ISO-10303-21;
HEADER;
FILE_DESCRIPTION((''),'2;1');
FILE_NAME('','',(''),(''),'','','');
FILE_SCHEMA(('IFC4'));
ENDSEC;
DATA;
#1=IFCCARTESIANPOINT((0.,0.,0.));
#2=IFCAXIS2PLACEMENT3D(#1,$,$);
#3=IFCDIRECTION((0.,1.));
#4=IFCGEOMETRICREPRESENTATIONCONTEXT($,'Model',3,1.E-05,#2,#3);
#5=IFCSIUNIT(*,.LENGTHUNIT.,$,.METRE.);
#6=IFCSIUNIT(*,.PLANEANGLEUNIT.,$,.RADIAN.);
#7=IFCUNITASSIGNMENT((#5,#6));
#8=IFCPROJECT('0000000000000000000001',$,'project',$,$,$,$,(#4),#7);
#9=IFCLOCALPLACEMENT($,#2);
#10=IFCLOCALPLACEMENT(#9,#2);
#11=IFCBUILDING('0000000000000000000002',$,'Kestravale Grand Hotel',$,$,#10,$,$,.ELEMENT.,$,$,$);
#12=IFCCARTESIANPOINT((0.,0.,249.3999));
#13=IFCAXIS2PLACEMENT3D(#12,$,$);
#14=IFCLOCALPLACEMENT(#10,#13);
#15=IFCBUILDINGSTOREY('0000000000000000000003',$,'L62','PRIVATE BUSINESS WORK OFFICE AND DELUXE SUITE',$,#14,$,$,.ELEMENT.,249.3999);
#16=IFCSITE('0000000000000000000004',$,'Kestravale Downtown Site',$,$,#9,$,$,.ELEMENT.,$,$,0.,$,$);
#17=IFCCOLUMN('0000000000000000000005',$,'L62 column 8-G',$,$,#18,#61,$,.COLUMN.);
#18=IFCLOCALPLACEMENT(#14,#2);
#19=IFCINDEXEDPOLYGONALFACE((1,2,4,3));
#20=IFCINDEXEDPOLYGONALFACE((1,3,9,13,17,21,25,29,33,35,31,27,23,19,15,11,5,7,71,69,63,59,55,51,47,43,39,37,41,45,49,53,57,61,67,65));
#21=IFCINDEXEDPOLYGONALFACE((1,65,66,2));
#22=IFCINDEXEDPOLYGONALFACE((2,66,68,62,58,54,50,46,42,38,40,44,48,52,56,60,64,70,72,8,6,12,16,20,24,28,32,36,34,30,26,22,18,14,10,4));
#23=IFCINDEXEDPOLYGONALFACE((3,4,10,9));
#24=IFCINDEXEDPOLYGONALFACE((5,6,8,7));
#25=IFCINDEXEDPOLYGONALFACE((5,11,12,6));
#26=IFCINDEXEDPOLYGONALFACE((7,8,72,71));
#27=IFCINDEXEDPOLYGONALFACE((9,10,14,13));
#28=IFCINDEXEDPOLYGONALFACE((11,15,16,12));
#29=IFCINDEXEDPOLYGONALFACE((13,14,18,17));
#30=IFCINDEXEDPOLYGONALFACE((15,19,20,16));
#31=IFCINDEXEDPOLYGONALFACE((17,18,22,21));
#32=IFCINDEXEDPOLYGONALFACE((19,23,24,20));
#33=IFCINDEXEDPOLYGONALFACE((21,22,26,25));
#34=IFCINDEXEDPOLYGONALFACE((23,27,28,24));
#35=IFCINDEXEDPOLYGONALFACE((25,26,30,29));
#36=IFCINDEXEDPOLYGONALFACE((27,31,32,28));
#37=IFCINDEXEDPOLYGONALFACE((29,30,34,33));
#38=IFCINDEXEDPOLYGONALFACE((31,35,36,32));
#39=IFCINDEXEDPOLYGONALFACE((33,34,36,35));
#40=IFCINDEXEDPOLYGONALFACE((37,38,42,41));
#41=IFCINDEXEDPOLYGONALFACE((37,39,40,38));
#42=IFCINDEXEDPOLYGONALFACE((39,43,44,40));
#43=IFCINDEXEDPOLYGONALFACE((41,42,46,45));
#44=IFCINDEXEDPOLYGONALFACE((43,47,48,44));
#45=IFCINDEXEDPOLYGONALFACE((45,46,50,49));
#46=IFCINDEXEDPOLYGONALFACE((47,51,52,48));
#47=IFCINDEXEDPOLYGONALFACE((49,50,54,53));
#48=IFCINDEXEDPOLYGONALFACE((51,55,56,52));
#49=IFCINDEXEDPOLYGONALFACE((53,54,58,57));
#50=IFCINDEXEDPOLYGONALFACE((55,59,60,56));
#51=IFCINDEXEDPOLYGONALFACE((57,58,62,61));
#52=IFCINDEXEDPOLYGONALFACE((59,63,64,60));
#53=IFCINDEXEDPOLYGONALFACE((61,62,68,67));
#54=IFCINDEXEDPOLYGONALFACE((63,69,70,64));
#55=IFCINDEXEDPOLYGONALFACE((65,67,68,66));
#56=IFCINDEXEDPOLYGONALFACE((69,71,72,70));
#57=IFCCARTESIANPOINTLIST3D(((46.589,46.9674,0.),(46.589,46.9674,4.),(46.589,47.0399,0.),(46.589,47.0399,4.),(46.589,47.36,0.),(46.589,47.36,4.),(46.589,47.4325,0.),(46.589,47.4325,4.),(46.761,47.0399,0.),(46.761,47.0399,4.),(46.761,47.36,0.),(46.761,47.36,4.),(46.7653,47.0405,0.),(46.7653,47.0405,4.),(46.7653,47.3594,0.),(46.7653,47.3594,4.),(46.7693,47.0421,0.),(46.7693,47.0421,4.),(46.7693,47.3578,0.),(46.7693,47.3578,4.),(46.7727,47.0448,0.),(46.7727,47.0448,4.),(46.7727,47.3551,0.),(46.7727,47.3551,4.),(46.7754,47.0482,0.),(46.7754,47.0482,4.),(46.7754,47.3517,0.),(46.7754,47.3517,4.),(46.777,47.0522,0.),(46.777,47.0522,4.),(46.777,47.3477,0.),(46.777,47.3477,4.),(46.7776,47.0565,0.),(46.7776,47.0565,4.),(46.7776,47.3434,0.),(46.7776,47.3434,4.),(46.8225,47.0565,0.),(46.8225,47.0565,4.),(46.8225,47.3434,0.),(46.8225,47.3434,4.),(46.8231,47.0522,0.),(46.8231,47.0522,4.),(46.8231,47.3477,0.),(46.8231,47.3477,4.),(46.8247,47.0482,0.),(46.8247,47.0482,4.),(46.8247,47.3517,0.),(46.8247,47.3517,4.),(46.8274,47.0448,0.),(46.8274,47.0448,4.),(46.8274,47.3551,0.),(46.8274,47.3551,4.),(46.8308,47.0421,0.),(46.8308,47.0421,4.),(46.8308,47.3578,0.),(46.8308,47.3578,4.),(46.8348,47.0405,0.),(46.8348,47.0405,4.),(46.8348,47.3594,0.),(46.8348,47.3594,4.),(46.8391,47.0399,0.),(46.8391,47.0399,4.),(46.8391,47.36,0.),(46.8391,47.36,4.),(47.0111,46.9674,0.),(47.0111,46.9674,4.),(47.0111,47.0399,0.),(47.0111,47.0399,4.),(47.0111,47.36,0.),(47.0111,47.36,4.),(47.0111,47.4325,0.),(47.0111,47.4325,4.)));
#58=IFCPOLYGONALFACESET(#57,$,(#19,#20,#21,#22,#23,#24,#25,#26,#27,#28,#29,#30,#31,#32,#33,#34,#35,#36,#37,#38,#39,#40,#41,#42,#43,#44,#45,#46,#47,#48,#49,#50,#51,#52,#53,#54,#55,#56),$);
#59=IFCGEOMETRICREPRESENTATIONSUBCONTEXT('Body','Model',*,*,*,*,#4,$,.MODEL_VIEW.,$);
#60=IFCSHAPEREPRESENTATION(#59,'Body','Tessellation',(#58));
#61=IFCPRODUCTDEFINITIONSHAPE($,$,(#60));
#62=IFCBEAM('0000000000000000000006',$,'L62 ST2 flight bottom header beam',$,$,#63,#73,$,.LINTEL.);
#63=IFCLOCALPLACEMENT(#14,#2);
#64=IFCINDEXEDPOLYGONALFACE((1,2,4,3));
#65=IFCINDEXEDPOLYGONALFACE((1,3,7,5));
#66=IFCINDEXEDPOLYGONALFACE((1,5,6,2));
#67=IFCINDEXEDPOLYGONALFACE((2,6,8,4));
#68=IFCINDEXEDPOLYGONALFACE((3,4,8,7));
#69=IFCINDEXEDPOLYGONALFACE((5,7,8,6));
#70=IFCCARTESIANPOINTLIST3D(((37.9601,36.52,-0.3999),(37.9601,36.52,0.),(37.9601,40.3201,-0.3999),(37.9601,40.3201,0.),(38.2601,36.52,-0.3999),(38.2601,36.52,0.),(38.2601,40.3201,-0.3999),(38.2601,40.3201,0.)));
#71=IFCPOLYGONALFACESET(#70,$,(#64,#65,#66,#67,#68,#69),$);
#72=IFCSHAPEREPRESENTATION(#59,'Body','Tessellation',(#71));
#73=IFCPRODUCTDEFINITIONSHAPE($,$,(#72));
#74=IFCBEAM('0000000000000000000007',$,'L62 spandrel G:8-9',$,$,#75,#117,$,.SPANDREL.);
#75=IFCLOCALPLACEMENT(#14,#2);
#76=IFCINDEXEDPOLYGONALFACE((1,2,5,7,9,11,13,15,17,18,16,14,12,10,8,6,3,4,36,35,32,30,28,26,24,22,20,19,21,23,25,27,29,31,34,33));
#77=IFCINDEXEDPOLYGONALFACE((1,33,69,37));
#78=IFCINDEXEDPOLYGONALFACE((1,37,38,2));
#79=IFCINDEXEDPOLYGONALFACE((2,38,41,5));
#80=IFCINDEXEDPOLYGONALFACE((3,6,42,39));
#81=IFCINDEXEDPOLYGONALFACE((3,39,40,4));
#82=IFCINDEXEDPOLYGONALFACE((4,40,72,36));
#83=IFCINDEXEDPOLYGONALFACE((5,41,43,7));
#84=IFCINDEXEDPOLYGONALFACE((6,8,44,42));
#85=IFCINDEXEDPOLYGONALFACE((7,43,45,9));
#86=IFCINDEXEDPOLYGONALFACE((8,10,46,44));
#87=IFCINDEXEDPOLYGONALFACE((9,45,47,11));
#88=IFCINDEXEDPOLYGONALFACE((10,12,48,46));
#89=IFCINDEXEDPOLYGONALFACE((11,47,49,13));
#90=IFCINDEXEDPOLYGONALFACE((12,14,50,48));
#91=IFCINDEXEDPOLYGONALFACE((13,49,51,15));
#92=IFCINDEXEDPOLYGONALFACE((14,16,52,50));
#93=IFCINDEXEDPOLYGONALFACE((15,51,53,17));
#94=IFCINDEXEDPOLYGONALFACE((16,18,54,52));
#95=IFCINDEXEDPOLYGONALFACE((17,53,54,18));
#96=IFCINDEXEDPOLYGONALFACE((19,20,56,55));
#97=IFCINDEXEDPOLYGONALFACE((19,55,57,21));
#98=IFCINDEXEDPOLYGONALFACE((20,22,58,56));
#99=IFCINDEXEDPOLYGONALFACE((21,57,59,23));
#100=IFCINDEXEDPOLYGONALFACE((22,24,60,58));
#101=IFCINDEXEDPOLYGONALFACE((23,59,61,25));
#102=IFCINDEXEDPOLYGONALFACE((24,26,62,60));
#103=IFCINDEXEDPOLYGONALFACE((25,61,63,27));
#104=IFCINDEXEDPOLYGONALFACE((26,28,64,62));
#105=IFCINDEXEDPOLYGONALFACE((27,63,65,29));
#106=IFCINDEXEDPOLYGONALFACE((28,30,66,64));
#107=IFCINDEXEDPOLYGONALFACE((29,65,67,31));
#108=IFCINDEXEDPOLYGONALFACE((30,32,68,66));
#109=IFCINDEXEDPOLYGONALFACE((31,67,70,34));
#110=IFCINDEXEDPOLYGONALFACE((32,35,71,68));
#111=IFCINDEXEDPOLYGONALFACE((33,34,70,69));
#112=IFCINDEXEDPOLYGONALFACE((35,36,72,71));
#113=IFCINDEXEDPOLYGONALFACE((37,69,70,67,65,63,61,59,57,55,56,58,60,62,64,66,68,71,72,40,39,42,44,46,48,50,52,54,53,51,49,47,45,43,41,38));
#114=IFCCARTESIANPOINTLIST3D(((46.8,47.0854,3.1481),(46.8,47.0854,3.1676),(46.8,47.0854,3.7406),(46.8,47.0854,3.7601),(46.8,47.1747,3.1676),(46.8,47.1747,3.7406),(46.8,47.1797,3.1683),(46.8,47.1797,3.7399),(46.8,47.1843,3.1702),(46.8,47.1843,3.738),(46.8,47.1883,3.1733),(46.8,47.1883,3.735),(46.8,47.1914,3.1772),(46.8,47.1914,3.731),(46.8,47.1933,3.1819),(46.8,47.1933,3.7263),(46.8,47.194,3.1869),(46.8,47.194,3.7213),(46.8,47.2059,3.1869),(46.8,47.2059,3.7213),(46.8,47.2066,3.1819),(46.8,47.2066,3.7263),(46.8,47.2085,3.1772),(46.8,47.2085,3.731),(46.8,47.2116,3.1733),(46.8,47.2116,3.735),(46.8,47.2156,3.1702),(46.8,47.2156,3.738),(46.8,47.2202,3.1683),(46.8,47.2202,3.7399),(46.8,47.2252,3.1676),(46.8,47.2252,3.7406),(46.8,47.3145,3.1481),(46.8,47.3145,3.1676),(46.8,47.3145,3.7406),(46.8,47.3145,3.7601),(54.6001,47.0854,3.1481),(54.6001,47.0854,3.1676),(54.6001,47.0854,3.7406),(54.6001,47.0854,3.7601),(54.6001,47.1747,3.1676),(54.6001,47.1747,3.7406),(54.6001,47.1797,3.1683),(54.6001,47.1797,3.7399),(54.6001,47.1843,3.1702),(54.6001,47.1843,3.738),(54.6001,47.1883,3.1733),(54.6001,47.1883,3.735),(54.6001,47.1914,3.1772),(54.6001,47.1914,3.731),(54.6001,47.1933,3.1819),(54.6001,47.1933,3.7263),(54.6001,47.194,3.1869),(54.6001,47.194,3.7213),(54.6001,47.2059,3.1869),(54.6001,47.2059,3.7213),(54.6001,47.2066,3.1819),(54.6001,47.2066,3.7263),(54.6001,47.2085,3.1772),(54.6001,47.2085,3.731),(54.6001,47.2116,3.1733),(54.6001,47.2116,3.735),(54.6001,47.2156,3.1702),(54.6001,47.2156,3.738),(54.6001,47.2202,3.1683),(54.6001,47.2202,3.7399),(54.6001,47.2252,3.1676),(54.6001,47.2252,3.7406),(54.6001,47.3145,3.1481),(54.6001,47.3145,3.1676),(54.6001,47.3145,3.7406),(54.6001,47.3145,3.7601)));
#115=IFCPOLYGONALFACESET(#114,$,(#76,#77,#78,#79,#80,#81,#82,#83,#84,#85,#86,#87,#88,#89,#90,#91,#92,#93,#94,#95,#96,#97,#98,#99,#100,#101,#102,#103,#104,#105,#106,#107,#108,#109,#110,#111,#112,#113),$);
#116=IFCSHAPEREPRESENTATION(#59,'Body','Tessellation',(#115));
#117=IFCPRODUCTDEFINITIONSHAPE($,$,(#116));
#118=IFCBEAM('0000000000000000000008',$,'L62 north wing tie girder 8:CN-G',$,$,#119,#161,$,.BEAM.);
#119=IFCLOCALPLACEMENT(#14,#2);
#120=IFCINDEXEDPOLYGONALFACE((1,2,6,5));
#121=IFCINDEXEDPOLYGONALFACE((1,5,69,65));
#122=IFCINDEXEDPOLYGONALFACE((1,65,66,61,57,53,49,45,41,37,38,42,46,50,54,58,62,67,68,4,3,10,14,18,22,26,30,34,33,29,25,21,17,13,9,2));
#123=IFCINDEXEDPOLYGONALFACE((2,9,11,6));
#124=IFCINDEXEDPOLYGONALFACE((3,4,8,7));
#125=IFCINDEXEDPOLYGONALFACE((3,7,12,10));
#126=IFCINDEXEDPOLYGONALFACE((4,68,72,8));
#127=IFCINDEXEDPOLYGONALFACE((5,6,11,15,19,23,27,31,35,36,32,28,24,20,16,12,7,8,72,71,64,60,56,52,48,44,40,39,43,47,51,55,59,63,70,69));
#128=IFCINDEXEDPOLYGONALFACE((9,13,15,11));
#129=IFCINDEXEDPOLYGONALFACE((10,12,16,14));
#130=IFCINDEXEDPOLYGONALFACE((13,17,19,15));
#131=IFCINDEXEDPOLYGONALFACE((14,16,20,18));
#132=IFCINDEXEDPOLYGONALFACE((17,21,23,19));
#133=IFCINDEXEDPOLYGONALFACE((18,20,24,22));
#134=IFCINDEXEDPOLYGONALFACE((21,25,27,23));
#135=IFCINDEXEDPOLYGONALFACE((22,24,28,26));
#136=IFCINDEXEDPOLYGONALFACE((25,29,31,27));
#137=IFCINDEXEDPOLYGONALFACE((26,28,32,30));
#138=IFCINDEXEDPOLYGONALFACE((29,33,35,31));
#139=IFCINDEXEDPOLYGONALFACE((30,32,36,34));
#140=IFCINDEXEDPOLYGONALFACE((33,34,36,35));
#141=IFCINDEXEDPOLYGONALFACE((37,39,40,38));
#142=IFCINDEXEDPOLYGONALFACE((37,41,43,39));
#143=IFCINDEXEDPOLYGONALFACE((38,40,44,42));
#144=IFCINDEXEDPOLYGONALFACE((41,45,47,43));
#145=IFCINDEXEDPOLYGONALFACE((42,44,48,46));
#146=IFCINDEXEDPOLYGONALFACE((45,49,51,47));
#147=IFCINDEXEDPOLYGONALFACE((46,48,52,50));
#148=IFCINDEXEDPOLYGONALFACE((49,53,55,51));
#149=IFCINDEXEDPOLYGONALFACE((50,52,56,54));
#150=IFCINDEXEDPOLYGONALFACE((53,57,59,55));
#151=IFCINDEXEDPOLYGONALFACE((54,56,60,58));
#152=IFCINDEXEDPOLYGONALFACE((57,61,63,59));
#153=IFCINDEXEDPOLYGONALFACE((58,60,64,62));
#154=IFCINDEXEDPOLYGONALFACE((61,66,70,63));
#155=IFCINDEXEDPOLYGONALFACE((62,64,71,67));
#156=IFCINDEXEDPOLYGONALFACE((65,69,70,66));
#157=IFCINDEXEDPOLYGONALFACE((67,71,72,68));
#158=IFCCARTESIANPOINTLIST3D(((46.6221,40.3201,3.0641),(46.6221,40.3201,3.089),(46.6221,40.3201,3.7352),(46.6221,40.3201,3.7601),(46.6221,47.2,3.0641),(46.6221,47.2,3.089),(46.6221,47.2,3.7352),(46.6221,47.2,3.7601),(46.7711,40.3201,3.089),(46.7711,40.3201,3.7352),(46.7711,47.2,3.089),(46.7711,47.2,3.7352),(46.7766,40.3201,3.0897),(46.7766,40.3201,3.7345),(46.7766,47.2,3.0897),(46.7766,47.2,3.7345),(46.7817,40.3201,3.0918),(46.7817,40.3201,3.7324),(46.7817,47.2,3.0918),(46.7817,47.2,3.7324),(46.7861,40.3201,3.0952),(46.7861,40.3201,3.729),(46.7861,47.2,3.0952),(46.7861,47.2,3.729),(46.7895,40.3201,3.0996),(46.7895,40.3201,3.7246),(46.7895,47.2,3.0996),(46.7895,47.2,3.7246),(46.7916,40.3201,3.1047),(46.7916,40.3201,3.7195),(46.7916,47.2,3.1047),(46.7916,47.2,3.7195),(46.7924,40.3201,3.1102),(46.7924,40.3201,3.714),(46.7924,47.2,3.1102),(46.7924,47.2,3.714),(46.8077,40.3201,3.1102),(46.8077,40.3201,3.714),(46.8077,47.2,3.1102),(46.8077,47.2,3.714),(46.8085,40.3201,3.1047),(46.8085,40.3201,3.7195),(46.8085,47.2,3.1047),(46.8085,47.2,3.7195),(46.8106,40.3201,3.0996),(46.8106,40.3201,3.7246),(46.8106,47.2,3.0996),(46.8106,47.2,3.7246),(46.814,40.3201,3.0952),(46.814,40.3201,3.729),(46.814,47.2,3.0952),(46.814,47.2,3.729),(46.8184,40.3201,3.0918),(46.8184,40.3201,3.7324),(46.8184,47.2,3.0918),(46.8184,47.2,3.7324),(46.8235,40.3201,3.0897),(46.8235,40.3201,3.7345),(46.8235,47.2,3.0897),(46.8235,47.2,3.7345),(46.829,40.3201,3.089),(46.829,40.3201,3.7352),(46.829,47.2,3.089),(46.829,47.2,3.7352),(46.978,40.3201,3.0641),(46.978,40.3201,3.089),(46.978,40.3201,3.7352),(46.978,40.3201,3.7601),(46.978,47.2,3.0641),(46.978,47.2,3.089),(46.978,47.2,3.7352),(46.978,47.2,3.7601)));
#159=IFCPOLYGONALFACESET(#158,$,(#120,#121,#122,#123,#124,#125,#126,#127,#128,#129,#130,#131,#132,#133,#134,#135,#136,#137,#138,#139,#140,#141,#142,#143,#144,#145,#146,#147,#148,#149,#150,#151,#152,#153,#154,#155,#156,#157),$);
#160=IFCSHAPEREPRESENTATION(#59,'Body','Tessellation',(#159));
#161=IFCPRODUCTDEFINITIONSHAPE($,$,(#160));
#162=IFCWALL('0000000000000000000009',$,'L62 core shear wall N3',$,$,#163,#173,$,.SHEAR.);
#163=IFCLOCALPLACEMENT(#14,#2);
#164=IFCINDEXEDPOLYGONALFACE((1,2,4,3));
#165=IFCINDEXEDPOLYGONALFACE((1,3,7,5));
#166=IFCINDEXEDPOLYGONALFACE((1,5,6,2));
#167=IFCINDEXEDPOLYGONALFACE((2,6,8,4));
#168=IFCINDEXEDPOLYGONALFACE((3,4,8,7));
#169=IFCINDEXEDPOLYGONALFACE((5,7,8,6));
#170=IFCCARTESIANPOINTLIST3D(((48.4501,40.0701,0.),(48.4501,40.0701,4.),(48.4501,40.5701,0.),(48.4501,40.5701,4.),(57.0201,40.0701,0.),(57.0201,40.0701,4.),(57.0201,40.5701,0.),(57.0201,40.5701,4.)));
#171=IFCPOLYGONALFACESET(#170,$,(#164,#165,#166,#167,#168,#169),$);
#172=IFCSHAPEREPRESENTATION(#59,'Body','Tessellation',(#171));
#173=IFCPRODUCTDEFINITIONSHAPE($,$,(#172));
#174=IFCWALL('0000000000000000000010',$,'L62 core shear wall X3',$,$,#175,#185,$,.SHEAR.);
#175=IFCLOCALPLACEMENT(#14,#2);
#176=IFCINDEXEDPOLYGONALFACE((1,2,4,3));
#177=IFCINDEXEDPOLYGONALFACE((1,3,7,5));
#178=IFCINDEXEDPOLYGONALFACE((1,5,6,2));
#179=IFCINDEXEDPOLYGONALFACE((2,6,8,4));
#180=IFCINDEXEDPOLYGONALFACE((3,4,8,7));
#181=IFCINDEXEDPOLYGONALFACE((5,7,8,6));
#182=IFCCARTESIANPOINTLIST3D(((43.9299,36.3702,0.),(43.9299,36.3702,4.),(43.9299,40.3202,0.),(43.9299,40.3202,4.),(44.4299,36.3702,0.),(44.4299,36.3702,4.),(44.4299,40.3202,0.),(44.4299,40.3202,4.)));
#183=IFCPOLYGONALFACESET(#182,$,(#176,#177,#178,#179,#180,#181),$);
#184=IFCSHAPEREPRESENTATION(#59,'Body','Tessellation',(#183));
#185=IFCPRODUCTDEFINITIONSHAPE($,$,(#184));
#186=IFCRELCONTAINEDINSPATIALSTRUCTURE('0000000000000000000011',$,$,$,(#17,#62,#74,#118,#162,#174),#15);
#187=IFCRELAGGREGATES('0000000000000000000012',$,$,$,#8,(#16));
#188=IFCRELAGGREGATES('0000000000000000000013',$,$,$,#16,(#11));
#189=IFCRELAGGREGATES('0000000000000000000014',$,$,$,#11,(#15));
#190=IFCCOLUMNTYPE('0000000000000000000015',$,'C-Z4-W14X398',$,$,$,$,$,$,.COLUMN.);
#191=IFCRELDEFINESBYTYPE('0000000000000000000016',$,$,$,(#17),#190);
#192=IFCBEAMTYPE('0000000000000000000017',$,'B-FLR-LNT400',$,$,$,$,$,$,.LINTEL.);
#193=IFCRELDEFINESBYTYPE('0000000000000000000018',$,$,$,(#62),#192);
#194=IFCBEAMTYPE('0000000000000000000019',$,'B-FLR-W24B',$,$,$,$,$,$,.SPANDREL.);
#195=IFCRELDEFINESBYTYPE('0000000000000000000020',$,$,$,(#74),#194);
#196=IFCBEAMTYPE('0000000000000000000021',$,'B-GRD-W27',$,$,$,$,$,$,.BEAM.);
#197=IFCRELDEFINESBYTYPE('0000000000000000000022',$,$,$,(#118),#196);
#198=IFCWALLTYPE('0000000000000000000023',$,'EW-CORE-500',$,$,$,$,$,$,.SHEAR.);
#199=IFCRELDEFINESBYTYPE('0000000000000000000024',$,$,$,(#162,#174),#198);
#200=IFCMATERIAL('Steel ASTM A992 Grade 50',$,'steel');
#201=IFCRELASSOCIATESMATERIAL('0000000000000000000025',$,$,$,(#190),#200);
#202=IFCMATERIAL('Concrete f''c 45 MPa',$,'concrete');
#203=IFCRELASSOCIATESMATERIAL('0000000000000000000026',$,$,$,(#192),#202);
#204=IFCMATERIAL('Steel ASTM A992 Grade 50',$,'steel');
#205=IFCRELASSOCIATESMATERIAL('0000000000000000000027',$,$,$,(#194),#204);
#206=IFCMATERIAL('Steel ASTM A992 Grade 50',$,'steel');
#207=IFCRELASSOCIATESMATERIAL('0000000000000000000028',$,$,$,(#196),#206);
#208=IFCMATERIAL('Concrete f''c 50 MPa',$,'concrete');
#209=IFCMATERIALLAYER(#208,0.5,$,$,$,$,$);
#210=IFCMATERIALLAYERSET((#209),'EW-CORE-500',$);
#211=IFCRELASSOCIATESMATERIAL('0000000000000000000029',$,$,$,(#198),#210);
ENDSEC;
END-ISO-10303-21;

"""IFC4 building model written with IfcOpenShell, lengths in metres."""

from ifc_helpers import new_model, si_unit, direction, frame, frame_2d, origin, origin_2d, place, context, subcontext, project, spatial, rectangle, i_section, extrude, material, layer, layer_set, material_profile, profile_set, type_object, element, save


model = new_model("IFC4")

# Units and contexts
model_context = context("Model", 3, precision=1e-05, world=origin(), true_north=direction((0.0, 1.0)))
body_context = subcontext(model_context, "Body", "Model", "MODEL_VIEW")
ifc_project = project(units=[si_unit("LENGTHUNIT", "METRE"), si_unit("PLANEANGLEUNIT", "RADIAN")], contexts=[model_context])

# Site, building, storey
site_placement = place(None, origin())
site = spatial("IfcSite", under=ifc_project, at=site_placement, Name="Kestravale Downtown Site", CompositionType="ELEMENT", RefElevation=0.0)
building_placement = place(site_placement, origin())
building = spatial("IfcBuilding", under=site, at=building_placement, Name="Kestravale Grand Hotel", CompositionType="ELEMENT")
storey_placement = place(building_placement, frame((0.0, 0.0, 249.3999)))
storey = spatial("IfcBuildingStorey", under=building, at=storey_placement, Name="L62", Description="PRIVATE BUSINESS WORK OFFICE AND DELUXE SUITE", CompositionType="ELEMENT", Elevation=249.3999)

# Column
ifc_material_1 = material(Name="Steel ASTM A992 Grade 50", Category="steel")
ifc_material_profile_1 = material_profile(ifc_material_1, i_section(OverallWidth=0.4221, OverallDepth=0.4651, WebThickness=0.0449, FlangeThickness=0.0725, FilletRadius=0.0166, at=origin_2d()))
ifc_profile_set_1 = profile_set([ifc_material_profile_1], Name="Steel ASTM A992 Grade 50")
column_type = type_object("IfcColumnType", Name="C-Z4-W14X398", PredefinedType="COLUMN", material=ifc_profile_set_1)
column_placement = place(storey_placement, frame((46.8, 47.2, 0.0), z_axis=(0.0, 0.0, 1.0), x_axis=(1.0, 0.0, 0.0)))
element("IfcColumn", 1, at=column_placement, inside=storey, type_object=column_type, Name="L62 column 8-G", PredefinedType="COLUMN", context=body_context, shape_type="SweptSolid", body=[
    extrude(i_section(OverallWidth=0.4221, OverallDepth=0.4651, WebThickness=0.0449, FlangeThickness=0.0725, FilletRadius=0.0166, at=origin_2d()), origin(), (0.0, 0.0, 1.0), 4.0),
])

# Beams
ifc_material_2 = material(Name="Concrete f'c 45 MPa", Category="concrete")
ifc_material_profile_2 = material_profile(ifc_material_2, rectangle(XDim=0.3, YDim=0.3999, at=origin_2d()))
ifc_profile_set_2 = profile_set([ifc_material_profile_2], Name="Concrete f'c 45 MPa")
beam_type_1 = type_object("IfcBeamType", Name="B-FLR-LNT400", PredefinedType="LINTEL", material=ifc_profile_set_2)
beam_1_placement = place(storey_placement, frame((38.1101, 36.52, -0.2), z_axis=(0.0, 1.0, 0.0), x_axis=(-1.0, 0.0, 0.0)))
element("IfcBeam", 2, at=beam_1_placement, inside=storey, type_object=beam_type_1, Name="L62 ST2 flight bottom header beam", PredefinedType="LINTEL", context=body_context, shape_type="SweptSolid", body=[
    extrude(rectangle(XDim=0.3, YDim=0.3999, at=origin_2d()), origin(), (0.0, 0.0, 1.0), 3.8),
])
ifc_material_3 = material(Name="Steel ASTM A992 Grade 50", Category="steel")
ifc_material_profile_3 = material_profile(ifc_material_3, i_section(OverallWidth=0.229, OverallDepth=0.6121, WebThickness=0.012, FlangeThickness=0.0195, FilletRadius=0.0193, at=origin_2d()))
ifc_profile_set_3 = profile_set([ifc_material_profile_3], Name="Steel ASTM A992 Grade 50")
beam_type_2 = type_object("IfcBeamType", Name="B-FLR-W24B", PredefinedType="SPANDREL", material=ifc_profile_set_3)
beam_2_placement = place(storey_placement, frame((46.8, 47.2, 3.4541), z_axis=(1.0, 0.0, 0.0), x_axis=(0.0, 1.0, 0.0)))
element("IfcBeam", 3, at=beam_2_placement, inside=storey, type_object=beam_type_2, Name="L62 spandrel G:8-9", PredefinedType="SPANDREL", context=body_context, shape_type="SweptSolid", body=[
    extrude(i_section(OverallWidth=0.229, OverallDepth=0.6121, WebThickness=0.012, FlangeThickness=0.0195, FilletRadius=0.0193, at=origin_2d()), origin(), (0.0, 0.0, 1.0), 7.8),
])
ifc_material_4 = material(Name="Steel ASTM A992 Grade 50", Category="steel")
ifc_material_profile_4 = material_profile(ifc_material_4, i_section(OverallWidth=0.356, OverallDepth=0.696, WebThickness=0.0154, FlangeThickness=0.0249, FilletRadius=0.0212, at=origin_2d()))
ifc_profile_set_4 = profile_set([ifc_material_profile_4], Name="Steel ASTM A992 Grade 50")
beam_type_3 = type_object("IfcBeamType", Name="B-GRD-W27", PredefinedType="BEAM", material=ifc_profile_set_4)
beam_3_placement = place(storey_placement, frame((46.8, 40.3201, 3.4121), z_axis=(0.0, 1.0, 0.0), x_axis=(-1.0, 0.0, 0.0)))
element("IfcBeam", 4, at=beam_3_placement, inside=storey, type_object=beam_type_3, Name="L62 north wing tie girder 8:CN-G", PredefinedType="BEAM", context=body_context, shape_type="SweptSolid", body=[
    extrude(i_section(OverallWidth=0.356, OverallDepth=0.696, WebThickness=0.0154, FlangeThickness=0.0249, FilletRadius=0.0212, at=origin_2d()), origin(), (0.0, 0.0, 1.0), 6.8799),
])

# Walls
ifc_material_5 = material(Name="Concrete f'c 50 MPa", Category="concrete")
ifc_layer_1 = layer(ifc_material_5, 0.5)
ifc_layer_set_1 = layer_set([ifc_layer_1], Name="EW-CORE-500")
wall_type_1 = type_object("IfcWallType", Name="EW-CORE-500", PredefinedType="SHEAR", material=ifc_layer_set_1)
wall_1_placement = place(storey_placement, frame((48.45, 40.3201, 0.0), z_axis=(0.0, 0.0, 1.0), x_axis=(1.0, 0.0, 0.0)))
element("IfcWall", 5, at=wall_1_placement, inside=storey, type_object=wall_type_1, Name="L62 core shear wall N3", PredefinedType="SHEAR", context=body_context, shape_type="SweptSolid", body=[
    extrude(rectangle(XDim=8.5701, YDim=0.5, at=frame_2d((4.2852, 0.0))), origin(), (0.0, 0.0, 1.0), 4.0),
])
wall_2_placement = place(storey_placement, frame((44.1799, 36.3701, 0.0), z_axis=(0.0, 0.0, 1.0), x_axis=(0.0, 1.0, 0.0)))
element("IfcWall", 6, at=wall_2_placement, inside=storey, type_object=wall_type_1, Name="L62 core shear wall X3", PredefinedType="SHEAR", context=body_context, shape_type="SweptSolid", body=[
    extrude(rectangle(XDim=3.95, YDim=0.5, at=frame_2d((1.9751, 0.0))), origin(), (0.0, 0.0, 1.0), 4.0),
])

save(model, "model.ifc")
